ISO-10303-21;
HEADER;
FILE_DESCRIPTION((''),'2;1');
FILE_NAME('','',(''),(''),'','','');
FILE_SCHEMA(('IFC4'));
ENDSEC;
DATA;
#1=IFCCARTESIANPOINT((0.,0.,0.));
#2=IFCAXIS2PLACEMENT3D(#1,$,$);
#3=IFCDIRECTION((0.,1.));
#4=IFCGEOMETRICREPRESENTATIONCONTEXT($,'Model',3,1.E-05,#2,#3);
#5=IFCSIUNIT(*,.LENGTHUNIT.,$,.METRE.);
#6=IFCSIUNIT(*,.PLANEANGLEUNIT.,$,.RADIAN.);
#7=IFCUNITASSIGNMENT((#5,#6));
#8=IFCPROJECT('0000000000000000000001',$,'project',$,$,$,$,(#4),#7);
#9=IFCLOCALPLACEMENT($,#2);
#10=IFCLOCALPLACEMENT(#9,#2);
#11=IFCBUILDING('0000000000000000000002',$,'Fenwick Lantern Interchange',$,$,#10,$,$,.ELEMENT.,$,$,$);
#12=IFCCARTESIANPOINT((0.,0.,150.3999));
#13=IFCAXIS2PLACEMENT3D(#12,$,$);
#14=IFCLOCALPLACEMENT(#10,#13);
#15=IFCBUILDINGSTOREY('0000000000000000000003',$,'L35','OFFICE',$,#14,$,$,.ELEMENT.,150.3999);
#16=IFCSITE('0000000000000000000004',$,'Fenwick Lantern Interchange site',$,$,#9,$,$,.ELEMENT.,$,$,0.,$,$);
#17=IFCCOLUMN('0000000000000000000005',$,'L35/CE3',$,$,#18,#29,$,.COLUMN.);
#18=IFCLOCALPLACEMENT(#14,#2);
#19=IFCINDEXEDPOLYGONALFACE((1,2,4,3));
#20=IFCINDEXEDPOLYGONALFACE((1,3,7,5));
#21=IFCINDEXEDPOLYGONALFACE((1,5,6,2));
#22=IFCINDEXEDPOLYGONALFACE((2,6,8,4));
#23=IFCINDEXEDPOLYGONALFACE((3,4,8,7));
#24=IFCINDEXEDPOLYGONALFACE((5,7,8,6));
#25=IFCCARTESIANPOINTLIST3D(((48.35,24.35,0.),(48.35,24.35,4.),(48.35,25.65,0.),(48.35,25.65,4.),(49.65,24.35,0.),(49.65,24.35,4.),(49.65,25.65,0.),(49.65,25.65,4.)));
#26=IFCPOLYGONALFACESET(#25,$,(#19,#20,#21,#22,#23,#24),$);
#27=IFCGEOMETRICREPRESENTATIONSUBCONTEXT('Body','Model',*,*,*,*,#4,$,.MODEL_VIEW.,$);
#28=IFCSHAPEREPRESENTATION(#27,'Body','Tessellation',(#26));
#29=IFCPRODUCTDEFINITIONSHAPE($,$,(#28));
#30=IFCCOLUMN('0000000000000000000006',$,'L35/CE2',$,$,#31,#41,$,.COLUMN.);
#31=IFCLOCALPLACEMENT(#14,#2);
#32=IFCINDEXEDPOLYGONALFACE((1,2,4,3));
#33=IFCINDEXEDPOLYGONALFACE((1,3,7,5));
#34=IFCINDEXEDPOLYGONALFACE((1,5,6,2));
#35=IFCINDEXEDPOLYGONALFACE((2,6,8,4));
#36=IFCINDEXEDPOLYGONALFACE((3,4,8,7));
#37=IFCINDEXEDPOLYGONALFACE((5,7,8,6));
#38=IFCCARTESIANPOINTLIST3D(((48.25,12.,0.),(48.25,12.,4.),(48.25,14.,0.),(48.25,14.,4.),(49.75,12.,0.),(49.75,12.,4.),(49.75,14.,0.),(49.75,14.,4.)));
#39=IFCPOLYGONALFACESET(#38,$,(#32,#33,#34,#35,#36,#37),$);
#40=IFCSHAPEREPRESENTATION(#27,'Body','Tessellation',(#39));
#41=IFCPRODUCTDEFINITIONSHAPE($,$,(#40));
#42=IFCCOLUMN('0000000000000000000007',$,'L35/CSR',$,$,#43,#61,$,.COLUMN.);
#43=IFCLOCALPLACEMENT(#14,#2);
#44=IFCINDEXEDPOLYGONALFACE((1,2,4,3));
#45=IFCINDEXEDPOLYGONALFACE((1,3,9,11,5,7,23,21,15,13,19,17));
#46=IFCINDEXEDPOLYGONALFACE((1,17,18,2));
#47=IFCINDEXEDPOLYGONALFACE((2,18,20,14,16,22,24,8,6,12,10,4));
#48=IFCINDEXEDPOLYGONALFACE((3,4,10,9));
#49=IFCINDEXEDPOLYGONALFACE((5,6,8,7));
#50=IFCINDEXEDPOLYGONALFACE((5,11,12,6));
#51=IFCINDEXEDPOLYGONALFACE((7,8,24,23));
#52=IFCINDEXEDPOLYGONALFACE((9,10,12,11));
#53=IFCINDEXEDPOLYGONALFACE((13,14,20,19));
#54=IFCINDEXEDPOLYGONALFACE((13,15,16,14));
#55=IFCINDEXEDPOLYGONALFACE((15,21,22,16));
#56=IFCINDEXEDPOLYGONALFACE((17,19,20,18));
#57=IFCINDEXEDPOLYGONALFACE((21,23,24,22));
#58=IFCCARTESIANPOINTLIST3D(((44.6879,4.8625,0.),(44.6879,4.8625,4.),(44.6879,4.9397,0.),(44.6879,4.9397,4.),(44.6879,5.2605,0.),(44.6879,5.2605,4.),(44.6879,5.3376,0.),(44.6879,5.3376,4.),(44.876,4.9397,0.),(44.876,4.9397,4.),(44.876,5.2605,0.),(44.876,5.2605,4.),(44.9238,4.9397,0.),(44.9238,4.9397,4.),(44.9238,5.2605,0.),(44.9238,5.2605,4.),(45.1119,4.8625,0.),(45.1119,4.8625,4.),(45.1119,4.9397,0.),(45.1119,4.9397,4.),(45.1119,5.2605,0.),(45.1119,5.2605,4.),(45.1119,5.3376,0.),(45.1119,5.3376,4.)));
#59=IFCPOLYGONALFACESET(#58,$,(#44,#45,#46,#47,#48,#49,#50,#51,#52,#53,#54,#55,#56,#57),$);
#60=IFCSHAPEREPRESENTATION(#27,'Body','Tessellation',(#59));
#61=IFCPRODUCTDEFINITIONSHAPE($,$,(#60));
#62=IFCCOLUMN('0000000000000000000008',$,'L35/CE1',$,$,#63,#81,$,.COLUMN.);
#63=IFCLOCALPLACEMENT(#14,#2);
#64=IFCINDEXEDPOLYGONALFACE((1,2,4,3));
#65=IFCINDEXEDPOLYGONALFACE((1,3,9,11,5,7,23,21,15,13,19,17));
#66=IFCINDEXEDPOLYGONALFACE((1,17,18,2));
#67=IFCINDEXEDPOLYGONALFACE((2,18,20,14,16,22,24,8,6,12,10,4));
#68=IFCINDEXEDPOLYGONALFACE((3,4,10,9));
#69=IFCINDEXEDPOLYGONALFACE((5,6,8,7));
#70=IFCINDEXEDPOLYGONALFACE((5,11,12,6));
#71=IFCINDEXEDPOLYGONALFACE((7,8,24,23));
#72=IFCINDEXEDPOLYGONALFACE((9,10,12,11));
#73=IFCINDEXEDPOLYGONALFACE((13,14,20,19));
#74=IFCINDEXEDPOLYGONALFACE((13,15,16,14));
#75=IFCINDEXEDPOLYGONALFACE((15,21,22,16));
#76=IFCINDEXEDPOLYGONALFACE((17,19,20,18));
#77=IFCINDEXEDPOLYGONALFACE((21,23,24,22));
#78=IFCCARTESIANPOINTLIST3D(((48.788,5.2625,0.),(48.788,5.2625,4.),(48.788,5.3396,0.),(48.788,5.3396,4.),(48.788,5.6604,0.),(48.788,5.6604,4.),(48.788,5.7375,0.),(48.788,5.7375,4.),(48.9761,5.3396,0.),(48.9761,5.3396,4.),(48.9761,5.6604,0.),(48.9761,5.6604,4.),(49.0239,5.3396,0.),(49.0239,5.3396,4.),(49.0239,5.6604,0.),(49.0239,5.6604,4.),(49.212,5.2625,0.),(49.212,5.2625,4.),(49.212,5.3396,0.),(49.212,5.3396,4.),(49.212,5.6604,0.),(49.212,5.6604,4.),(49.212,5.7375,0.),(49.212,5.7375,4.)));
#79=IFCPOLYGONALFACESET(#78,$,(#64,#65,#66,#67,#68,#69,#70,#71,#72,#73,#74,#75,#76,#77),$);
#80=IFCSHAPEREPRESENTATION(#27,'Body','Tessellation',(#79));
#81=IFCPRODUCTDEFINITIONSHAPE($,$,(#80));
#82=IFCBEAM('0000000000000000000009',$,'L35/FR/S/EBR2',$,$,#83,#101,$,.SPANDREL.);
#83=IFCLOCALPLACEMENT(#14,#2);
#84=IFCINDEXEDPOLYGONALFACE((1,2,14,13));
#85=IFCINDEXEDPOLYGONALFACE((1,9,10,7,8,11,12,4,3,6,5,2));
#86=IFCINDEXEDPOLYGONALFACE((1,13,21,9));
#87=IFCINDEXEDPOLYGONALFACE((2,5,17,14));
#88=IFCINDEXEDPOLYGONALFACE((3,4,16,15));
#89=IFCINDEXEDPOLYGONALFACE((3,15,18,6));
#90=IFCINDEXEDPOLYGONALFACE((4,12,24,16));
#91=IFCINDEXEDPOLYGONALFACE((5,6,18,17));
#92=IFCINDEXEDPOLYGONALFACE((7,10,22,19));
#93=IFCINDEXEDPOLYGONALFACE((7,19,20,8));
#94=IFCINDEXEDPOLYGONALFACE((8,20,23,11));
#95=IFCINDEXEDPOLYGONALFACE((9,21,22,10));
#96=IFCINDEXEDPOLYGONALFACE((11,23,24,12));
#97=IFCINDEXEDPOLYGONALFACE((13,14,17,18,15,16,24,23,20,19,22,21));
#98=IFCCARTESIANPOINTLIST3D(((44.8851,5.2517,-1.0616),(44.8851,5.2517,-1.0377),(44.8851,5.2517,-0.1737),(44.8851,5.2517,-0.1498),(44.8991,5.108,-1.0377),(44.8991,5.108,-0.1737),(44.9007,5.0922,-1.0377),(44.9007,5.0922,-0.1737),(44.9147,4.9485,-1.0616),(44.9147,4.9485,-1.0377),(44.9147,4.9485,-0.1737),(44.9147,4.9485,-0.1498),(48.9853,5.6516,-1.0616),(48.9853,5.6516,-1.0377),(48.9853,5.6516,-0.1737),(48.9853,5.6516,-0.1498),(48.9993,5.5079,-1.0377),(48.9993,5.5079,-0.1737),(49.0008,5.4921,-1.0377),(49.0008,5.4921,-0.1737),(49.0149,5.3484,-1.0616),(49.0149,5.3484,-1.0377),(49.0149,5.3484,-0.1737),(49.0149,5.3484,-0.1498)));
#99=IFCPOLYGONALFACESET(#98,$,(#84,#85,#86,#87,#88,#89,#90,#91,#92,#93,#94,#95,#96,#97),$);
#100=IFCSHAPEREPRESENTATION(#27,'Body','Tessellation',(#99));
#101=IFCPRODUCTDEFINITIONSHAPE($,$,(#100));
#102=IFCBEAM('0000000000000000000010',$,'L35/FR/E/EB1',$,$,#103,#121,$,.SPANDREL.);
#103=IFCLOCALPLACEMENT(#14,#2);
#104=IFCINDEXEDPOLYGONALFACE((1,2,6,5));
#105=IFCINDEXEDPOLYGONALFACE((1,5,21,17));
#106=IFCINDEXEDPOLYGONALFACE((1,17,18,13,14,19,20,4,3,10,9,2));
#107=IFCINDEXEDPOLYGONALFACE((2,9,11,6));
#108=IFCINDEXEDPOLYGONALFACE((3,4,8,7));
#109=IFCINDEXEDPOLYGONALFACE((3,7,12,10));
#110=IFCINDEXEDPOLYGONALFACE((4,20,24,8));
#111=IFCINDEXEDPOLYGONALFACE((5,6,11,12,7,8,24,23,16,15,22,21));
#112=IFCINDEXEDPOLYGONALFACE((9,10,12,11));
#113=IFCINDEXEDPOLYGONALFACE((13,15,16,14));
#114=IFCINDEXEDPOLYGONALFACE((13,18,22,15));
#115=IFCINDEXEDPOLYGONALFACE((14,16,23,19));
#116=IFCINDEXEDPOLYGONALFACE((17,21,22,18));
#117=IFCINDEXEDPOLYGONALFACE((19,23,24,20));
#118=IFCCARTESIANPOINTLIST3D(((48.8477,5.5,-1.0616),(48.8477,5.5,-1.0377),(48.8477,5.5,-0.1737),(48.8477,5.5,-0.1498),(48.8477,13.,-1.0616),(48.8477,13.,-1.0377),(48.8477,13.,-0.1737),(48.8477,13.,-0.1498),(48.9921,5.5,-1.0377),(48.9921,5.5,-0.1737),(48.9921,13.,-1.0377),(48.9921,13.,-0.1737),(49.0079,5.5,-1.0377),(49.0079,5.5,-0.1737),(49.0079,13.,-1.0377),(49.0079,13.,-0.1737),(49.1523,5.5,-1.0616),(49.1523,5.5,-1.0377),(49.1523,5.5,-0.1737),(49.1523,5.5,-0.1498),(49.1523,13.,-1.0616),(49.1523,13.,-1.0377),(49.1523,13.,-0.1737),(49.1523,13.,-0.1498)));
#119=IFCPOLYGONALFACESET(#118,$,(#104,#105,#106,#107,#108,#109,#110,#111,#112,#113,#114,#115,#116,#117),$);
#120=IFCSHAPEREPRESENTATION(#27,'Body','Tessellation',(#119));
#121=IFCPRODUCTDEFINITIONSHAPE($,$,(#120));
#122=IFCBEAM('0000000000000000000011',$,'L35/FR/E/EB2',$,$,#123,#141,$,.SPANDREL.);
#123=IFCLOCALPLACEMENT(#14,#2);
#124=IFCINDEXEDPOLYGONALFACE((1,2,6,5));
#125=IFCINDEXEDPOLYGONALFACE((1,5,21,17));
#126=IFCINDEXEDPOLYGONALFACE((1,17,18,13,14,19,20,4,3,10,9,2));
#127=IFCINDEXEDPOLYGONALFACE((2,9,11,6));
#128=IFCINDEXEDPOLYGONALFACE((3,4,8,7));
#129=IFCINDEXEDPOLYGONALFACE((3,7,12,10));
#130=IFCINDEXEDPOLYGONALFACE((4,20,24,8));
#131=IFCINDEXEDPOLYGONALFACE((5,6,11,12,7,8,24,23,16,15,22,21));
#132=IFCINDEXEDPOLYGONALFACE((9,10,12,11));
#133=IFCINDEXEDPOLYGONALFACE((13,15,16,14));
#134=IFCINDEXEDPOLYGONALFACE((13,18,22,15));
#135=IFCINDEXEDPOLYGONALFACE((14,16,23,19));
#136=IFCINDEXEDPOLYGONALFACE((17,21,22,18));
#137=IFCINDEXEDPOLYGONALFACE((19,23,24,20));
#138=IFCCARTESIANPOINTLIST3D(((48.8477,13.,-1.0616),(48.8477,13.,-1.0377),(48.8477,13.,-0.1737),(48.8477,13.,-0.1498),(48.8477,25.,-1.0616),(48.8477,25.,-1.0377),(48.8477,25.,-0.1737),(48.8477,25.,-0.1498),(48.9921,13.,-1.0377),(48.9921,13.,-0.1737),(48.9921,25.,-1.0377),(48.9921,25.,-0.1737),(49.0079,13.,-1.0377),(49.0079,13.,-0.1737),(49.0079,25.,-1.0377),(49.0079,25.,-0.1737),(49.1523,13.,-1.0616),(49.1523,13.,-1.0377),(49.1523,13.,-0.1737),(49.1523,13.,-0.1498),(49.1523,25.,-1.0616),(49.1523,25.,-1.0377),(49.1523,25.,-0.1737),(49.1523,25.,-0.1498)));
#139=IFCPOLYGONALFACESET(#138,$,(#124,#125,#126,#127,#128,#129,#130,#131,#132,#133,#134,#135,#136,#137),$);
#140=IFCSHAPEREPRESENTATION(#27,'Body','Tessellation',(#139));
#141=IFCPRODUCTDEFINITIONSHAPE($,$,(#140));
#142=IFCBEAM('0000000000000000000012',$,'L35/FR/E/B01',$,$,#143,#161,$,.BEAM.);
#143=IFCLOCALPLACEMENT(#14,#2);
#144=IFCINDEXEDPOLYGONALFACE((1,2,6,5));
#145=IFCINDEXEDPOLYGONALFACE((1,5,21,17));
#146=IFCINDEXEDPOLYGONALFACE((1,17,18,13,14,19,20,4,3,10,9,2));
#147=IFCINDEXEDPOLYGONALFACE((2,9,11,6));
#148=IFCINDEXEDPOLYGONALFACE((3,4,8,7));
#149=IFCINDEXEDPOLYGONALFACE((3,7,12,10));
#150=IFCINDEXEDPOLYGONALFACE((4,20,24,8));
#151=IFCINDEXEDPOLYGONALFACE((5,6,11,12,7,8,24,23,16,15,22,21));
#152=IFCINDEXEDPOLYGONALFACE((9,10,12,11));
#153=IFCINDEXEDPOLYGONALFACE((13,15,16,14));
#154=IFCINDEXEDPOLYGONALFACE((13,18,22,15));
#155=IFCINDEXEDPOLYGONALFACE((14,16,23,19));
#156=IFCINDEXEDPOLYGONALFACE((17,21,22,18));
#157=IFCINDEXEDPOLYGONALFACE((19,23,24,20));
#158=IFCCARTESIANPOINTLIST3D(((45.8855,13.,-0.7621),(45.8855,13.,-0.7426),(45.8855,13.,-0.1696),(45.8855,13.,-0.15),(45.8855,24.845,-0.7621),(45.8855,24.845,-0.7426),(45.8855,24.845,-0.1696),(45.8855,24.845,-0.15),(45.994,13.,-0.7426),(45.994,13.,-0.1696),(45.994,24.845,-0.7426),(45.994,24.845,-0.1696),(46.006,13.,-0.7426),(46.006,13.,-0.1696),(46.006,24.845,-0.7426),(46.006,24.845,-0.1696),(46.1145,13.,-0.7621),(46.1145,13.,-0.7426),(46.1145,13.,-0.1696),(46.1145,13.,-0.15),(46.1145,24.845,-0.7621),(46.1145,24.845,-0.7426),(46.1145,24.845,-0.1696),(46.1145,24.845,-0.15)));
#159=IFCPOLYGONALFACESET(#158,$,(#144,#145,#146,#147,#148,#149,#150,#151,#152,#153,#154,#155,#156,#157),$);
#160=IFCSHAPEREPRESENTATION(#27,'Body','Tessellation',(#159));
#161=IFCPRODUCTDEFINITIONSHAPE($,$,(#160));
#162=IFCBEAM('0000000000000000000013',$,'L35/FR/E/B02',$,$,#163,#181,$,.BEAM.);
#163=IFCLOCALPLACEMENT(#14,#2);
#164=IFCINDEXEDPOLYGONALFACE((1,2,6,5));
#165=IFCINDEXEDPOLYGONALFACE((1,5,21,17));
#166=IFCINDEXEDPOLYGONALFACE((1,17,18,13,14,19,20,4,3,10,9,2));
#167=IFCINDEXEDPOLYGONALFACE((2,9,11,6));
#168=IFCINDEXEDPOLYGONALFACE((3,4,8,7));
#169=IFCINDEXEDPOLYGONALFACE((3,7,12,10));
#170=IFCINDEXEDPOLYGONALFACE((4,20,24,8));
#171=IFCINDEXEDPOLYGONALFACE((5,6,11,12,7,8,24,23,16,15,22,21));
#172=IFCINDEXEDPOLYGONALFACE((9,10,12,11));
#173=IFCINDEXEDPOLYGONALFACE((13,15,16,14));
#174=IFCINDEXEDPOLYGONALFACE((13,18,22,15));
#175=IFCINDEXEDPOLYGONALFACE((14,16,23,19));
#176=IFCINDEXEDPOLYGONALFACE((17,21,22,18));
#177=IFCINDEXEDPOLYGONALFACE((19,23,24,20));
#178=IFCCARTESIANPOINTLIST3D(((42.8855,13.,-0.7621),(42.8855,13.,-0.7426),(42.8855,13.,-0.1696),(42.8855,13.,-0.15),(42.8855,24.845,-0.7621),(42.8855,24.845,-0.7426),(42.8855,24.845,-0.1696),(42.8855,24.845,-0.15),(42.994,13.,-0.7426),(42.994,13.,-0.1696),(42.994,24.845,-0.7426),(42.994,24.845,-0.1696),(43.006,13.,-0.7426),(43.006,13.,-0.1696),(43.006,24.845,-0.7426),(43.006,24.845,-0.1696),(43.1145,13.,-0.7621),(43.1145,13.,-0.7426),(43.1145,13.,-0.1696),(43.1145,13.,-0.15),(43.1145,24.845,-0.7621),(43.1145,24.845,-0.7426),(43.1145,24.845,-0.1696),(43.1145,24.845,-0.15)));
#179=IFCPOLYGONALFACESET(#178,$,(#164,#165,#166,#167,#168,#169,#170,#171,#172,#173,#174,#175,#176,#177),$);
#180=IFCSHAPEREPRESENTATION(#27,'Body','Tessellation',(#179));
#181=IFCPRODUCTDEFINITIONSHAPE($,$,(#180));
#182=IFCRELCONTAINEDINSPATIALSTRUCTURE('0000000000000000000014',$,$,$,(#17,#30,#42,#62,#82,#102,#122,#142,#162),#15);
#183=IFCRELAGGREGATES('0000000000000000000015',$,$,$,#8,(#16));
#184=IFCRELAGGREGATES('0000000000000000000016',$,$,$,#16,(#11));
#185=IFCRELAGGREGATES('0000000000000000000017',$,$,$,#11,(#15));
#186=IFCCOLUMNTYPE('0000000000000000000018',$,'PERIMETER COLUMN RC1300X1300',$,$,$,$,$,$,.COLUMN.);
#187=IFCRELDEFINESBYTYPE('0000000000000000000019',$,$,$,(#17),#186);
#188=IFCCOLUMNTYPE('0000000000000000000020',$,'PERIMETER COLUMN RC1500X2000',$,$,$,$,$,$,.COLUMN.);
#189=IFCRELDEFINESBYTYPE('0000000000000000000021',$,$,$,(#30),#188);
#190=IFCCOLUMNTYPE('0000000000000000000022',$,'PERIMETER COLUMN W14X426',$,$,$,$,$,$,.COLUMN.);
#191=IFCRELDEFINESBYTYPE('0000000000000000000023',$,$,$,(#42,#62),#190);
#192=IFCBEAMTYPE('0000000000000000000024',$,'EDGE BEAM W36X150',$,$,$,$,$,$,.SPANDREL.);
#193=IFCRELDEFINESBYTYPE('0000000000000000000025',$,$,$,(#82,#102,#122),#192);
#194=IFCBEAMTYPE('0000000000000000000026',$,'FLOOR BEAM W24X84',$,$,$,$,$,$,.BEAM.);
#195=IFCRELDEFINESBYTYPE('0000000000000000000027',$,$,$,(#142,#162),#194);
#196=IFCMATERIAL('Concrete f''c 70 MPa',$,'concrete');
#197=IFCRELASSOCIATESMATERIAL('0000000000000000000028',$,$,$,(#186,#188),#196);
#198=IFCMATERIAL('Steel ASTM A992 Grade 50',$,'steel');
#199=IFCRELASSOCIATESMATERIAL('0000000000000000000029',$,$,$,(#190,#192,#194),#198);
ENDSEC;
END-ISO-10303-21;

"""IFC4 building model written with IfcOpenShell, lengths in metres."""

from ifc_helpers import new_model, si_unit, direction, frame, origin, origin_2d, place, context, subcontext, project, spatial, rectangle, i_section, extrude, material, material_profile, profile_set, type_object, element, save


model = new_model("IFC4")

# Units and contexts
model_context = context("Model", 3, precision=1e-05, world=origin(), true_north=direction((0.0, 1.0)))
body_context = subcontext(model_context, "Body", "Model", "MODEL_VIEW")
ifc_project = project(units=[si_unit("LENGTHUNIT", "METRE"), si_unit("PLANEANGLEUNIT", "RADIAN")], contexts=[model_context])

# Site, building, storey
site_placement = place(None, origin())
site = spatial("IfcSite", under=ifc_project, at=site_placement, Name="Fenwick Lantern Interchange site", CompositionType="ELEMENT", RefElevation=0.0)
building_placement = place(site_placement, origin())
building = spatial("IfcBuilding", under=site, at=building_placement, Name="Fenwick Lantern Interchange", CompositionType="ELEMENT")
storey_placement = place(building_placement, frame((0.0, 0.0, 150.3999)))
storey = spatial("IfcBuildingStorey", under=building, at=storey_placement, Name="L35", Description="OFFICE", CompositionType="ELEMENT", Elevation=150.3999)

# Columns
ifc_material_1 = material(Name="Concrete f'c 70 MPa", Category="concrete")
ifc_material_profile_1 = material_profile(ifc_material_1, rectangle(XDim=1.3, YDim=1.3, at=origin_2d()), Name="RC1300X1300")
ifc_profile_set_1 = profile_set([ifc_material_profile_1], Name="Concrete f'c 70 MPa")
column_type_1 = type_object("IfcColumnType", Name="PERIMETER COLUMN RC1300X1300", PredefinedType="COLUMN", material=ifc_profile_set_1)
column_1_placement = place(storey_placement, frame((49.0, 25.0, 0.0), z_axis=(0.0, 0.0, 1.0), x_axis=(1.0, 0.0, 0.0)))
element("IfcColumn", 1, at=column_1_placement, inside=storey, type_object=column_type_1, Name="L35/CE3", PredefinedType="COLUMN", context=body_context, shape_type="SweptSolid", body=[
    extrude(rectangle(XDim=1.3, YDim=1.3, at=origin_2d()), origin(), (0.0, 0.0, 1.0), 4.0),
])
ifc_material_profile_2 = material_profile(ifc_material_1, rectangle(XDim=1.5, YDim=2.0, at=origin_2d()), Name="RC1500X2000")
ifc_profile_set_2 = profile_set([ifc_material_profile_2], Name="Concrete f'c 70 MPa")
column_type_2 = type_object("IfcColumnType", Name="PERIMETER COLUMN RC1500X2000", PredefinedType="COLUMN", material=ifc_profile_set_2)
column_2_placement = place(storey_placement, frame((49.0, 13.0, 0.0), z_axis=(0.0, 0.0, 1.0), x_axis=(1.0, 0.0, 0.0)))
element("IfcColumn", 2, at=column_2_placement, inside=storey, type_object=column_type_2, Name="L35/CE2", PredefinedType="COLUMN", context=body_context, shape_type="SweptSolid", body=[
    extrude(rectangle(XDim=1.5, YDim=2.0, at=origin_2d()), origin(), (0.0, 0.0, 1.0), 4.0),
])
ifc_material_2 = material(Name="Steel ASTM A992 Grade 50", Category="steel")
ifc_material_profile_3 = material_profile(ifc_material_2, i_section(OverallWidth=0.4241, OverallDepth=0.4751, WebThickness=0.0479, FlangeThickness=0.0771, at=origin_2d()), Name="W14X426")
ifc_profile_set_3 = profile_set([ifc_material_profile_3], Name="Steel ASTM A992 Grade 50")
column_type_3 = type_object("IfcColumnType", Name="PERIMETER COLUMN W14X426", PredefinedType="COLUMN", material=ifc_profile_set_3)
for number, where, z_axis, x_axis, name in (
    (3, (44.8999, 5.1001, 0.0), (0.0, 0.0, 1.0), (1.0, 0.0, 0.0), "L35/CSR"),
    (4, (49.0, 5.5, 0.0), (0.0, 0.0, 1.0), (1.0, 0.0, 0.0), "L35/CE1"),
):
    element("IfcColumn", number, at=place(storey_placement, frame(where, z_axis=z_axis, x_axis=x_axis)), inside=storey, type_object=column_type_3, Name=name, PredefinedType="COLUMN", context=body_context, shape_type="SweptSolid", body=[
        extrude(i_section(OverallWidth=0.4241, OverallDepth=0.4751, WebThickness=0.0479, FlangeThickness=0.0771, at=origin_2d()), origin(), (0.0, 0.0, 1.0), 4.0),
    ])

# Beams
ifc_material_profile_4 = material_profile(ifc_material_2, i_section(OverallWidth=0.3047, OverallDepth=0.9119, WebThickness=0.0159, FlangeThickness=0.0239, at=origin_2d()), Name="W36X150")
ifc_profile_set_4 = profile_set([ifc_material_profile_4], Name="Steel ASTM A992 Grade 50")
beam_type_1 = type_object("IfcBeamType", Name="EDGE BEAM W36X150", PredefinedType="SPANDREL", material=ifc_profile_set_4)
beam_1_placement = place(storey_placement, frame((44.8999, 5.1001, -0.6057), z_axis=(0.995277, 0.097074, 0.0), x_axis=(-0.097074, 0.995277, 0.0)))
element("IfcBeam", 5, at=beam_1_placement, inside=storey, type_object=beam_type_1, Name="L35/FR/S/EBR2", PredefinedType="SPANDREL", context=body_context, shape_type="SweptSolid", body=[
    extrude(i_section(OverallWidth=0.3047, OverallDepth=0.9119, WebThickness=0.0159, FlangeThickness=0.0239, at=origin_2d()), origin(), (0.0, 0.0, 1.0), 4.1196),
])
beam_2_placement = place(storey_placement, frame((49.0, 5.5, -0.6057), z_axis=(0.0, 1.0, 0.0), x_axis=(-1.0, 0.0, 0.0)))
element("IfcBeam", 6, at=beam_2_placement, inside=storey, type_object=beam_type_1, Name="L35/FR/E/EB1", PredefinedType="SPANDREL", context=body_context, shape_type="SweptSolid", body=[
    extrude(i_section(OverallWidth=0.3047, OverallDepth=0.9119, WebThickness=0.0159, FlangeThickness=0.0239, at=origin_2d()), origin(), (0.0, 0.0, 1.0), 7.5),
])
beam_3_placement = place(storey_placement, frame((49.0, 13.0, -0.6057), z_axis=(0.0, 1.0, 0.0), x_axis=(-1.0, 0.0, 0.0)))
element("IfcBeam", 7, at=beam_3_placement, inside=storey, type_object=beam_type_1, Name="L35/FR/E/EB2", PredefinedType="SPANDREL", context=body_context, shape_type="SweptSolid", body=[
    extrude(i_section(OverallWidth=0.3047, OverallDepth=0.9119, WebThickness=0.0159, FlangeThickness=0.0239, at=origin_2d()), origin(), (0.0, 0.0, 1.0), 12.0),
])
ifc_material_profile_5 = material_profile(ifc_material_2, i_section(OverallWidth=0.229, OverallDepth=0.6121, WebThickness=0.012, FlangeThickness=0.0195, at=origin_2d()), Name="W24X84")
ifc_profile_set_5 = profile_set([ifc_material_profile_5], Name="Steel ASTM A992 Grade 50")
beam_type_2 = type_object("IfcBeamType", Name="FLOOR BEAM W24X84", PredefinedType="BEAM", material=ifc_profile_set_5)
for number, where, z_axis, x_axis, name in (
    (8, (46.0, 13.0, -0.4561), (0.0, 1.0, 0.0), (-1.0, 0.0, 0.0), "L35/FR/E/B01"),
    (9, (43.0, 13.0, -0.4561), (0.0, 1.0, 0.0), (-1.0, 0.0, 0.0), "L35/FR/E/B02"),
):
    element("IfcBeam", number, at=place(storey_placement, frame(where, z_axis=z_axis, x_axis=x_axis)), inside=storey, type_object=beam_type_2, Name=name, PredefinedType="BEAM", context=body_context, shape_type="SweptSolid", body=[
        extrude(i_section(OverallWidth=0.229, OverallDepth=0.6121, WebThickness=0.012, FlangeThickness=0.0195, at=origin_2d()), origin(), (0.0, 0.0, 1.0), 11.845),
    ])

save(model, "model.ifc")
